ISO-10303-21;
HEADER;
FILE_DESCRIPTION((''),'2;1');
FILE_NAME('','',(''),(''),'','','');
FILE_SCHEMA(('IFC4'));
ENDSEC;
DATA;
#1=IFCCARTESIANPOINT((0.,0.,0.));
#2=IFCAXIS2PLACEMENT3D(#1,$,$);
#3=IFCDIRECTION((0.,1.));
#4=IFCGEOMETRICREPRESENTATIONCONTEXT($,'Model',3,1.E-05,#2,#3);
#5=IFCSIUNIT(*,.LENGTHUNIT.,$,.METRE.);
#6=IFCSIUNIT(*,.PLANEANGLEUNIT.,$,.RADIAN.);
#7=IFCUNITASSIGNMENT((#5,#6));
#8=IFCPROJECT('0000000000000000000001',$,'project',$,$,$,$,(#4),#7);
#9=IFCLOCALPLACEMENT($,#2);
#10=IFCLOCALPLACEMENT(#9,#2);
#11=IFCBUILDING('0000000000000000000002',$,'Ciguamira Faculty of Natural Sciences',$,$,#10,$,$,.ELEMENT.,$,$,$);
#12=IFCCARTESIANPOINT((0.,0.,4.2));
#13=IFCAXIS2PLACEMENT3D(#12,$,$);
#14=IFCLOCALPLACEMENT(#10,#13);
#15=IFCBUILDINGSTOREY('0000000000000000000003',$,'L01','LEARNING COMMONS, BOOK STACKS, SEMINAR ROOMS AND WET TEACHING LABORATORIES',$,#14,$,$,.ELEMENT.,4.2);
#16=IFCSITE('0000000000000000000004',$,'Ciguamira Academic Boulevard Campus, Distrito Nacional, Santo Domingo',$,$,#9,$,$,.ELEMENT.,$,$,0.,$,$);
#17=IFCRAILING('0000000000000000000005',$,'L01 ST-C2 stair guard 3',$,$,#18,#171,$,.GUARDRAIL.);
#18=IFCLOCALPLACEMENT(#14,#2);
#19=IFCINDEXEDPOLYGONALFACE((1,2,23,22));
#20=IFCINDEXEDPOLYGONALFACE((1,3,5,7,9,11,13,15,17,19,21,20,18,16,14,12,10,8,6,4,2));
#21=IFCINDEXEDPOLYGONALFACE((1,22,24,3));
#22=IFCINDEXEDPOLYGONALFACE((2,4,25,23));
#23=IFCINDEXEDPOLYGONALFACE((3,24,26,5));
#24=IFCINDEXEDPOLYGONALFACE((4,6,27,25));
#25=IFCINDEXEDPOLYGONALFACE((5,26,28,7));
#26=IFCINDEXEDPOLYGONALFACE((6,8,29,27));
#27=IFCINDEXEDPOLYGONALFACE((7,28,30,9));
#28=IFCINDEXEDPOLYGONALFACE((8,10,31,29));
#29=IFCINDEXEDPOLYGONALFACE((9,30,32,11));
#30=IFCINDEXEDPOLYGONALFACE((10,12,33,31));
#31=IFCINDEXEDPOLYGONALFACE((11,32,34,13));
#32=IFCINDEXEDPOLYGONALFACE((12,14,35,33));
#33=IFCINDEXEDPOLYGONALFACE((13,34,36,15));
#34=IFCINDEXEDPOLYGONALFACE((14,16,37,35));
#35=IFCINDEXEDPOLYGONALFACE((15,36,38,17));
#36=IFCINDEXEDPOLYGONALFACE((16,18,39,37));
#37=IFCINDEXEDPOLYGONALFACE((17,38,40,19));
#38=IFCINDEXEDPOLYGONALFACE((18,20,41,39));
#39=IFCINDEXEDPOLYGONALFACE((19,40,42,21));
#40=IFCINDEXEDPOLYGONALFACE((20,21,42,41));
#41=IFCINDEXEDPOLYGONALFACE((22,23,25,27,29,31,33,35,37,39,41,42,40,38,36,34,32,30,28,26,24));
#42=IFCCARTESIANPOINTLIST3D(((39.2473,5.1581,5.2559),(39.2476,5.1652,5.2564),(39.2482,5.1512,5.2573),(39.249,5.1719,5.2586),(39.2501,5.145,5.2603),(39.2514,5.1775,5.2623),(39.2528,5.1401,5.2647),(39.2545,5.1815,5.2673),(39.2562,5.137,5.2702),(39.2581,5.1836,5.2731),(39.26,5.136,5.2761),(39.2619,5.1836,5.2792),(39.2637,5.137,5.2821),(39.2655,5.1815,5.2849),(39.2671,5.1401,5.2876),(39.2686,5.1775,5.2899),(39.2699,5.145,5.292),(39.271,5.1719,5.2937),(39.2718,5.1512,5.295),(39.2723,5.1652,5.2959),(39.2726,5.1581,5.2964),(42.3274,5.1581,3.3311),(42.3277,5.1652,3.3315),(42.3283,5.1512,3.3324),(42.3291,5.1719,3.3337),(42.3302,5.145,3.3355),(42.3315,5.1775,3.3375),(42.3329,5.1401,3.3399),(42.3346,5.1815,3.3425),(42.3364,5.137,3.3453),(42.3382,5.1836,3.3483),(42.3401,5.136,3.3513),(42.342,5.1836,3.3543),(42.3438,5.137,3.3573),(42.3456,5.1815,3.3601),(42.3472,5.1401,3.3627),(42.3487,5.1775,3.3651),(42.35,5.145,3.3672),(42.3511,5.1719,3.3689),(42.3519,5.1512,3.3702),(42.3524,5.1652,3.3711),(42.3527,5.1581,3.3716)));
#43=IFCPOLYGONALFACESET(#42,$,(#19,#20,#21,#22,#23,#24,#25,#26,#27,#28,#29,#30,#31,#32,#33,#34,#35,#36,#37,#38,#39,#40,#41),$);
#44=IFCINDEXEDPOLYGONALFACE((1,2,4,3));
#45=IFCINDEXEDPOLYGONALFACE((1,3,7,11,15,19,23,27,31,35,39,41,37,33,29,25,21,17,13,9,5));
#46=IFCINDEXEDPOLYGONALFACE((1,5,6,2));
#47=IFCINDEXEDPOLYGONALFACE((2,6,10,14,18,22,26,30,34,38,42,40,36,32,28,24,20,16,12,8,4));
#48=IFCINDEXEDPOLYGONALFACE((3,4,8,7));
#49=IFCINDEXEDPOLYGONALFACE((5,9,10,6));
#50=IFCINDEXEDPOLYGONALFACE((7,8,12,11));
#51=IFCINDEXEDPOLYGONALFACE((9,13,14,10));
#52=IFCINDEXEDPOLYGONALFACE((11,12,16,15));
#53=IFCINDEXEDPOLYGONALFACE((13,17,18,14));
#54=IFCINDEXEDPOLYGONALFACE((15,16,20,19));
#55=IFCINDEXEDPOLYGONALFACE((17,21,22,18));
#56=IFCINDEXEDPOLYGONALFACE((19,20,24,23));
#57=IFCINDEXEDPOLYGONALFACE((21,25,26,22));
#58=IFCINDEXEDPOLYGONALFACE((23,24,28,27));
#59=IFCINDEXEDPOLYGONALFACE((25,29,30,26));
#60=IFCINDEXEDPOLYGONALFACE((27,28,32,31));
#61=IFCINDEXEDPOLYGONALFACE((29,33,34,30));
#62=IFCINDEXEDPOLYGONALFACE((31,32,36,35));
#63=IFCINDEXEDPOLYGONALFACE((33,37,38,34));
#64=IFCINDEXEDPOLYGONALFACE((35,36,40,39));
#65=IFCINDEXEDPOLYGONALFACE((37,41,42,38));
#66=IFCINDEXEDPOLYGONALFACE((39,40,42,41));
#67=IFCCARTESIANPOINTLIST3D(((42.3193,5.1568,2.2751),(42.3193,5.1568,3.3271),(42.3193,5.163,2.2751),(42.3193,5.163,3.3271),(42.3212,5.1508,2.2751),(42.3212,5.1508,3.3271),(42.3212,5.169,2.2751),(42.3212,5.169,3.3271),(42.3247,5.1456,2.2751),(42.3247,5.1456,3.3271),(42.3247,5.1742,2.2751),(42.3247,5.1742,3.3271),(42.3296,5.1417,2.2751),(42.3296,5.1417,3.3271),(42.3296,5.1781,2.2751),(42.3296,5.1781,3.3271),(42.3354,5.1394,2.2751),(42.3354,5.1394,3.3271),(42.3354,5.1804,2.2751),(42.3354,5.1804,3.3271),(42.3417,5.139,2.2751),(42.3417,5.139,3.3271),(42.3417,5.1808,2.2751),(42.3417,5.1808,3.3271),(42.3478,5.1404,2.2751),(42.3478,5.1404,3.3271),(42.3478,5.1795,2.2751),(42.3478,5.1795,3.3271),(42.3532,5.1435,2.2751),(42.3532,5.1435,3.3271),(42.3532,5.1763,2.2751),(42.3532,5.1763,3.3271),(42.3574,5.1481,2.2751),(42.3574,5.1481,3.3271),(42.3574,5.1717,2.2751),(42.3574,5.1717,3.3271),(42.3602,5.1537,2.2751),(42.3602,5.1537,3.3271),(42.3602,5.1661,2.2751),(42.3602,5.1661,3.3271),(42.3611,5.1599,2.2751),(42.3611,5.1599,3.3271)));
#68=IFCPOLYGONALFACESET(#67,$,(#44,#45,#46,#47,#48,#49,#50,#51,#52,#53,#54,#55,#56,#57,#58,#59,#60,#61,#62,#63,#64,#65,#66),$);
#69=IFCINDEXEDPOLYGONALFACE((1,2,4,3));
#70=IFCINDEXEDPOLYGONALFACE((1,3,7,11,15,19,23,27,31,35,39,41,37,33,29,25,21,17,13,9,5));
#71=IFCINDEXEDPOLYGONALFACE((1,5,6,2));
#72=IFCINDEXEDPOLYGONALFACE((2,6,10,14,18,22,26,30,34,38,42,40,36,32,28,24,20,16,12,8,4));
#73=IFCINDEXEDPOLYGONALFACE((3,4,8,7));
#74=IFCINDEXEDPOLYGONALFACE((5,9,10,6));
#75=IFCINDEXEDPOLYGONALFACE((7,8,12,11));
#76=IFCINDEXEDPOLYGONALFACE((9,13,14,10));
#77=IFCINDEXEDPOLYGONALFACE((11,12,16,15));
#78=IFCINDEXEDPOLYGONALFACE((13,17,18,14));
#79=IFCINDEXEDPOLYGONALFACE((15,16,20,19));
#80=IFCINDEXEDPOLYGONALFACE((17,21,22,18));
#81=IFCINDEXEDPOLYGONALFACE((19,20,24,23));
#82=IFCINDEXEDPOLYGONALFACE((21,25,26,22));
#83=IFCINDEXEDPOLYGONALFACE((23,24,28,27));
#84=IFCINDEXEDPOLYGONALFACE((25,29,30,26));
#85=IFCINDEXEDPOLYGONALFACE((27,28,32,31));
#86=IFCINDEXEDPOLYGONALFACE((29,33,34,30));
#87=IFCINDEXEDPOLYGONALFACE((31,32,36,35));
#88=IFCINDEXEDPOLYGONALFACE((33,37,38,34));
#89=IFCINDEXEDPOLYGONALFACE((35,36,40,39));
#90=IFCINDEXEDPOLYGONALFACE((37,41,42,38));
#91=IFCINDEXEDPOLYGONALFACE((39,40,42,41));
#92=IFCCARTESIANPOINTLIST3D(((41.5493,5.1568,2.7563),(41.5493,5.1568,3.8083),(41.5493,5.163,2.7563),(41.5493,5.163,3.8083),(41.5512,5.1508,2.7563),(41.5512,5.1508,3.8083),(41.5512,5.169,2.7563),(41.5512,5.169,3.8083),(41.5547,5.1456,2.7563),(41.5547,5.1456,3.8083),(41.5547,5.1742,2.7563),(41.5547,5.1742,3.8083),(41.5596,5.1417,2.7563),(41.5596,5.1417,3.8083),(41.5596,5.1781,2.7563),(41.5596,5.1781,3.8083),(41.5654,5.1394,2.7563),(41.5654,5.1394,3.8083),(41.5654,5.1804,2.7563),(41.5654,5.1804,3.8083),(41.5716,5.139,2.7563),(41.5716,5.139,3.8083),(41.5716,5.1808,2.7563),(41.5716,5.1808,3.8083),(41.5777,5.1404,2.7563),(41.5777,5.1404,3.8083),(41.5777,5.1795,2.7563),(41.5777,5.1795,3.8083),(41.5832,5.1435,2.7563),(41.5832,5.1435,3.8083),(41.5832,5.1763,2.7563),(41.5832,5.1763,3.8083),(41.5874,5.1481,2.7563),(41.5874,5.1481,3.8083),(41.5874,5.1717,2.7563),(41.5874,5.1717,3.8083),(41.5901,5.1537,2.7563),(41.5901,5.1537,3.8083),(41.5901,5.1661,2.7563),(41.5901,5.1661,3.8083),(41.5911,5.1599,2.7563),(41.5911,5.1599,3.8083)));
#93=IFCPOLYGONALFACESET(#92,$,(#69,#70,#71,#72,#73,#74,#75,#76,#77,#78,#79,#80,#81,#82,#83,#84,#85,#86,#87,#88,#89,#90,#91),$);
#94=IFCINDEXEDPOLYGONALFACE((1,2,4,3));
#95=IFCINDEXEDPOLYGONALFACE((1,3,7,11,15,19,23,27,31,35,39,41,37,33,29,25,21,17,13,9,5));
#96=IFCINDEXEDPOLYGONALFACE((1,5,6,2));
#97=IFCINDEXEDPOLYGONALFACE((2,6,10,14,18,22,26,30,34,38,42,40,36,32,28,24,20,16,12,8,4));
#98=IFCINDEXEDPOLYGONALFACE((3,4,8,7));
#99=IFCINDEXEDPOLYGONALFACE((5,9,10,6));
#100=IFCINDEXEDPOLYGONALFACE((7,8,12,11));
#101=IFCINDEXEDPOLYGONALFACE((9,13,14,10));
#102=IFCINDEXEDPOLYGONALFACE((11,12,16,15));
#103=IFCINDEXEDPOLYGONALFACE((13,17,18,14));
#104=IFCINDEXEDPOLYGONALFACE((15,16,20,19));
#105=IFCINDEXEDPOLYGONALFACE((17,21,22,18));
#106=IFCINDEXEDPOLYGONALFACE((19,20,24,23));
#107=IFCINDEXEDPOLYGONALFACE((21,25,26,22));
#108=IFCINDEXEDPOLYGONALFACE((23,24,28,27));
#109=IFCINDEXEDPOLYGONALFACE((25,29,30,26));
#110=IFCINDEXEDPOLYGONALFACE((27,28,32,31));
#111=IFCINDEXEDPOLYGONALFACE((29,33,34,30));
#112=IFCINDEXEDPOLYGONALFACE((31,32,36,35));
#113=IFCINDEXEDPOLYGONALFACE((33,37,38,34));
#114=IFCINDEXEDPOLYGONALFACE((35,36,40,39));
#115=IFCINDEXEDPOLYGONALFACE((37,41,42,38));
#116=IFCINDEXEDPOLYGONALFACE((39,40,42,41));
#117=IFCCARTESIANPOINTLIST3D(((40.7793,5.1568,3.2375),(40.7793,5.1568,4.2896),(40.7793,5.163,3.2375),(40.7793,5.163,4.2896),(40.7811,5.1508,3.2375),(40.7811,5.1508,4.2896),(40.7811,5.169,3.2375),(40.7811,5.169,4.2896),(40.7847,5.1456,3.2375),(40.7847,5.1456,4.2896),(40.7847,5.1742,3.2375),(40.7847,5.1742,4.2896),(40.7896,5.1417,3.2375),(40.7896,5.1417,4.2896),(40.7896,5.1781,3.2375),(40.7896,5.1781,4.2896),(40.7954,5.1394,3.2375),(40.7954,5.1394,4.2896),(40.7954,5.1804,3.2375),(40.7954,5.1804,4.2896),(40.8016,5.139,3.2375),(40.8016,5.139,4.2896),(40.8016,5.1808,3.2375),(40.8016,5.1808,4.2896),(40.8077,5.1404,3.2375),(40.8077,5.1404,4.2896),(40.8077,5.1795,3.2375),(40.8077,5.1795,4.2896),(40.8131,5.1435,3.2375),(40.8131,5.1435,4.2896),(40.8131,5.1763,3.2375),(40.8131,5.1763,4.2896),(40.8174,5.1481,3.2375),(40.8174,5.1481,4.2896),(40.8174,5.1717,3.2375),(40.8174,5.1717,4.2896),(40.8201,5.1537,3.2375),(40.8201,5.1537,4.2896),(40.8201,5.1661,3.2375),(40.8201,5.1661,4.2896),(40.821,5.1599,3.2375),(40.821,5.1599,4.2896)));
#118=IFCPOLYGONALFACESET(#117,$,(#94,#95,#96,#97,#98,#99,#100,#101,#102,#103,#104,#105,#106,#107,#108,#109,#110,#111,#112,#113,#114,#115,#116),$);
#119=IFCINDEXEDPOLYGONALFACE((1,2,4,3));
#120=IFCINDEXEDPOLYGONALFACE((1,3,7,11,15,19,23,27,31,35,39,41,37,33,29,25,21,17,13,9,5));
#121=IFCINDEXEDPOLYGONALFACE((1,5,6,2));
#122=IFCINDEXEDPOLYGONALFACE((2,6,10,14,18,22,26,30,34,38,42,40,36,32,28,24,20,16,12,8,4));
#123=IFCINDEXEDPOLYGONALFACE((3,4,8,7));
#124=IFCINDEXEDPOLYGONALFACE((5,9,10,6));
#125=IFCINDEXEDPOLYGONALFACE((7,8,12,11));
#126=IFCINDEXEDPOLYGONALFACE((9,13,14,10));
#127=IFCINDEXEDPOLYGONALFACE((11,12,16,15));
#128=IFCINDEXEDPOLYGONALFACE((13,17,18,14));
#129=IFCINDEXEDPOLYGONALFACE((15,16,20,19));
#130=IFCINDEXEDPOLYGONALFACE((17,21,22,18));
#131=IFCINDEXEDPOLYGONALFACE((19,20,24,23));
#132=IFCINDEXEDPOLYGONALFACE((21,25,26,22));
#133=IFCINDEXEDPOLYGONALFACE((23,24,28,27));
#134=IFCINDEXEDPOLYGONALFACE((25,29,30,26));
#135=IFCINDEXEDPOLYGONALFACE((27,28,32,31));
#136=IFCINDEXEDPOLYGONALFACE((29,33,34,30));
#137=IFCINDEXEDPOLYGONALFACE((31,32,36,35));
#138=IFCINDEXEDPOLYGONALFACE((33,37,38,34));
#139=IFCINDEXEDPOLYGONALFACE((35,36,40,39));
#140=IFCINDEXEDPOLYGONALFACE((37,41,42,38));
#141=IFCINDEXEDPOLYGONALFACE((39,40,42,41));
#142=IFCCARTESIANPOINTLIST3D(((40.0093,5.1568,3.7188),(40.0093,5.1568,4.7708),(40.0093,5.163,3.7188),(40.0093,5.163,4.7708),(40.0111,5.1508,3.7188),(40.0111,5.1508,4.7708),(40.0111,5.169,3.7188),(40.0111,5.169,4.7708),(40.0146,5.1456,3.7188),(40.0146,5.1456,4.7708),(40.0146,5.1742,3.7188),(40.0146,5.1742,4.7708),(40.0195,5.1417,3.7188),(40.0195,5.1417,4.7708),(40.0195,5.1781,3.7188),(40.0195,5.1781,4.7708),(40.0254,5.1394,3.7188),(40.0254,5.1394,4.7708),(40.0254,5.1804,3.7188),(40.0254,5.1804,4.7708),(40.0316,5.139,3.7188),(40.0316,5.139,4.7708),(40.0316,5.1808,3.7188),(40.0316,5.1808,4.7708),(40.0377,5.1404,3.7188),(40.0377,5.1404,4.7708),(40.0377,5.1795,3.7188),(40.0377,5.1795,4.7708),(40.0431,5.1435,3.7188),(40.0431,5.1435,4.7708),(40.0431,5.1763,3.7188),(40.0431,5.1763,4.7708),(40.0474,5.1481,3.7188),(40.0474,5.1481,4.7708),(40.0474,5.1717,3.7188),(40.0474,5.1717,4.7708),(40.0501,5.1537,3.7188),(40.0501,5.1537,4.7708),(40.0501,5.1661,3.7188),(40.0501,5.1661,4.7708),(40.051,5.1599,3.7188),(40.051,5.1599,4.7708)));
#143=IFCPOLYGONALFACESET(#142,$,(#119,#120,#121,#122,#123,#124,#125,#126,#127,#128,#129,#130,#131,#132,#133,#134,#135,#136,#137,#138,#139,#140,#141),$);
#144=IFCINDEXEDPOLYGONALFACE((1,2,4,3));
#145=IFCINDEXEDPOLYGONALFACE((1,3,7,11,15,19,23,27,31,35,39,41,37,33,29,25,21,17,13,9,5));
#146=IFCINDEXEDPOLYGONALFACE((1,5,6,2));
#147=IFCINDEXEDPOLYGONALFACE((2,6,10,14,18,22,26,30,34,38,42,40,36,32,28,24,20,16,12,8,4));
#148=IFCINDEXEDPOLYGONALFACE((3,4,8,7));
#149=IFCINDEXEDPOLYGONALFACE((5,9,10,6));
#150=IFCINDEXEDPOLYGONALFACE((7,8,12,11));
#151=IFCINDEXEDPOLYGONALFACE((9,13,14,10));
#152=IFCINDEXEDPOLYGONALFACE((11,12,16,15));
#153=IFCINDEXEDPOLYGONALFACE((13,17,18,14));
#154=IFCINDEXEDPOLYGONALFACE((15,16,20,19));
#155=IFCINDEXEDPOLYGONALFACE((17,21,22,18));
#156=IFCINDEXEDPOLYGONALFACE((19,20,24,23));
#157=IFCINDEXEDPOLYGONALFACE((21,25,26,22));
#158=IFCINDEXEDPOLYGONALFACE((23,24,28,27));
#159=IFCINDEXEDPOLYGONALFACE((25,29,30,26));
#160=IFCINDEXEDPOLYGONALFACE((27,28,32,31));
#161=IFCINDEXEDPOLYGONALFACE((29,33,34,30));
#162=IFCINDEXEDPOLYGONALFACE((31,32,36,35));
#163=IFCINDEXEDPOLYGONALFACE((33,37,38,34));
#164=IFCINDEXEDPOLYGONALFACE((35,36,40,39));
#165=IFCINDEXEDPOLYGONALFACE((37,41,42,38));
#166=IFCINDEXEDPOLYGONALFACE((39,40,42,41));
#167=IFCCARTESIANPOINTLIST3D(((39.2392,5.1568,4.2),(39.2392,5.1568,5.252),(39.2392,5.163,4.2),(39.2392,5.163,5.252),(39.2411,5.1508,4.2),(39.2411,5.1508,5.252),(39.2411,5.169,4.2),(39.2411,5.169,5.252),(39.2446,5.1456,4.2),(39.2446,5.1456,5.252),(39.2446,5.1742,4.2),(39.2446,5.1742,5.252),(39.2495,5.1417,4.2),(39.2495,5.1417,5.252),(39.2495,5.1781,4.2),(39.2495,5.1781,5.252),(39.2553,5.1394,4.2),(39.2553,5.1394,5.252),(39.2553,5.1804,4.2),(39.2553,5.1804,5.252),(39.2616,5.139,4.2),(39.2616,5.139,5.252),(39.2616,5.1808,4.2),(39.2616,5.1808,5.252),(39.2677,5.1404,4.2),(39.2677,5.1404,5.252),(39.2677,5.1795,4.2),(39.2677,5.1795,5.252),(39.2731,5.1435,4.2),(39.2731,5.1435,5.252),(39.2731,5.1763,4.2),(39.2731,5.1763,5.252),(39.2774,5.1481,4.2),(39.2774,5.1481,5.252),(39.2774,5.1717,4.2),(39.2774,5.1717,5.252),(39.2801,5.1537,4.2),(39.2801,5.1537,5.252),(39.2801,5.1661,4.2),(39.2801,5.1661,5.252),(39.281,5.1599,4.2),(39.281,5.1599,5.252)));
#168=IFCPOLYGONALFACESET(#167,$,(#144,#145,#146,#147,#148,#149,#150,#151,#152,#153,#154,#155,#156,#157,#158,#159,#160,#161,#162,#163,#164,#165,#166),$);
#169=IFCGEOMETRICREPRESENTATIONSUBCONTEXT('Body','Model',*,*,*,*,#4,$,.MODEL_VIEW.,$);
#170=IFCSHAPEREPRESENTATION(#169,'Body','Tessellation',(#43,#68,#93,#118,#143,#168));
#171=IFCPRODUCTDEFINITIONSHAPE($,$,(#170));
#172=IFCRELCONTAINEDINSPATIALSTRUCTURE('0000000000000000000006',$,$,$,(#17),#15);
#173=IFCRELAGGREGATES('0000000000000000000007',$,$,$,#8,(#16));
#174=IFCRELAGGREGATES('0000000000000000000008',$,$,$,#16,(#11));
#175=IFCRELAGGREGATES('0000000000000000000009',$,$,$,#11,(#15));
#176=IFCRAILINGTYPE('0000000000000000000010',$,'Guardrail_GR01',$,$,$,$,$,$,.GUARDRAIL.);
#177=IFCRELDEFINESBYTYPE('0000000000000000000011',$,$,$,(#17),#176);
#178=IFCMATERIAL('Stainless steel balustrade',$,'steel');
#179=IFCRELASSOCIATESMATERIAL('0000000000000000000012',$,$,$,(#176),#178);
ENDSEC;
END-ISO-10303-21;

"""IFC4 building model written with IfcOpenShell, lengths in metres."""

from ifc_helpers import new_model, si_unit, direction, frame, origin, origin_2d, place, context, subcontext, project, spatial, circle, extrude, material, type_object, element, save


model = new_model("IFC4")

# Units and contexts
model_context = context("Model", 3, precision=1e-05, world=origin(), true_north=direction((0.0, 1.0)))
body_context = subcontext(model_context, "Body", "Model", "MODEL_VIEW")
ifc_project = project(units=[si_unit("LENGTHUNIT", "METRE"), si_unit("PLANEANGLEUNIT", "RADIAN")], contexts=[model_context])

# Site, building, storey
site_placement = place(None, origin())
site = spatial("IfcSite", under=ifc_project, at=site_placement, Name="Ciguamira Academic Boulevard Campus, Distrito Nacional, Santo Domingo", CompositionType="ELEMENT", RefElevation=0.0)
building_placement = place(site_placement, origin())
building = spatial("IfcBuilding", under=site, at=building_placement, Name="Ciguamira Faculty of Natural Sciences", CompositionType="ELEMENT")
storey_placement = place(building_placement, frame((0.0, 0.0, 4.2)))
storey = spatial("IfcBuildingStorey", under=building, at=storey_placement, Name="L01", Description="LEARNING COMMONS, BOOK STACKS, SEMINAR ROOMS AND WET TEACHING LABORATORIES", CompositionType="ELEMENT", Elevation=4.2)

# Railing
ifc_material_1 = material(Name="Stainless steel balustrade", Category="steel")
railing_type_1 = type_object("IfcRailingType", Name="Guardrail_GR01", PredefinedType="GUARDRAIL", material=ifc_material_1)
railing_1_placement = place(storey_placement, frame((42.3401, 5.1599, 2.2751)))
element("IfcRailing", 1, at=railing_1_placement, inside=storey, type_object=railing_type_1, Name="L01 ST-C2 stair guard 3", PredefinedType="GUARDRAIL", context=body_context, shape_type="SweptSolid", body=[
    extrude(circle(Radius=0.0239, at=origin_2d()), frame((0.0, 0.0, 1.0762), z_axis=(-0.848029, 0.0, 0.529951), x_axis=(0.0, -1.0, 0.0)), (0.0, 0.0, 1.0), 3.6321),
    extrude(circle(Radius=0.021, at=origin_2d()), origin(), (0.0, 0.0, 1.0), 1.052),
    extrude(circle(Radius=0.021, at=origin_2d()), frame((-0.77, 0.0, 0.4812)), (0.0, 0.0, 1.0), 1.052),
    extrude(circle(Radius=0.021, at=origin_2d()), frame((-1.54, 0.0, 0.9624)), (0.0, 0.0, 1.0), 1.052),
    extrude(circle(Radius=0.021, at=origin_2d()), frame((-2.3101, 0.0, 1.4436)), (0.0, 0.0, 1.0), 1.052),
    extrude(circle(Radius=0.021, at=origin_2d()), frame((-3.0801, 0.0, 1.9248)), (0.0, 0.0, 1.0), 1.052),
])

save(model, "model.ifc")
